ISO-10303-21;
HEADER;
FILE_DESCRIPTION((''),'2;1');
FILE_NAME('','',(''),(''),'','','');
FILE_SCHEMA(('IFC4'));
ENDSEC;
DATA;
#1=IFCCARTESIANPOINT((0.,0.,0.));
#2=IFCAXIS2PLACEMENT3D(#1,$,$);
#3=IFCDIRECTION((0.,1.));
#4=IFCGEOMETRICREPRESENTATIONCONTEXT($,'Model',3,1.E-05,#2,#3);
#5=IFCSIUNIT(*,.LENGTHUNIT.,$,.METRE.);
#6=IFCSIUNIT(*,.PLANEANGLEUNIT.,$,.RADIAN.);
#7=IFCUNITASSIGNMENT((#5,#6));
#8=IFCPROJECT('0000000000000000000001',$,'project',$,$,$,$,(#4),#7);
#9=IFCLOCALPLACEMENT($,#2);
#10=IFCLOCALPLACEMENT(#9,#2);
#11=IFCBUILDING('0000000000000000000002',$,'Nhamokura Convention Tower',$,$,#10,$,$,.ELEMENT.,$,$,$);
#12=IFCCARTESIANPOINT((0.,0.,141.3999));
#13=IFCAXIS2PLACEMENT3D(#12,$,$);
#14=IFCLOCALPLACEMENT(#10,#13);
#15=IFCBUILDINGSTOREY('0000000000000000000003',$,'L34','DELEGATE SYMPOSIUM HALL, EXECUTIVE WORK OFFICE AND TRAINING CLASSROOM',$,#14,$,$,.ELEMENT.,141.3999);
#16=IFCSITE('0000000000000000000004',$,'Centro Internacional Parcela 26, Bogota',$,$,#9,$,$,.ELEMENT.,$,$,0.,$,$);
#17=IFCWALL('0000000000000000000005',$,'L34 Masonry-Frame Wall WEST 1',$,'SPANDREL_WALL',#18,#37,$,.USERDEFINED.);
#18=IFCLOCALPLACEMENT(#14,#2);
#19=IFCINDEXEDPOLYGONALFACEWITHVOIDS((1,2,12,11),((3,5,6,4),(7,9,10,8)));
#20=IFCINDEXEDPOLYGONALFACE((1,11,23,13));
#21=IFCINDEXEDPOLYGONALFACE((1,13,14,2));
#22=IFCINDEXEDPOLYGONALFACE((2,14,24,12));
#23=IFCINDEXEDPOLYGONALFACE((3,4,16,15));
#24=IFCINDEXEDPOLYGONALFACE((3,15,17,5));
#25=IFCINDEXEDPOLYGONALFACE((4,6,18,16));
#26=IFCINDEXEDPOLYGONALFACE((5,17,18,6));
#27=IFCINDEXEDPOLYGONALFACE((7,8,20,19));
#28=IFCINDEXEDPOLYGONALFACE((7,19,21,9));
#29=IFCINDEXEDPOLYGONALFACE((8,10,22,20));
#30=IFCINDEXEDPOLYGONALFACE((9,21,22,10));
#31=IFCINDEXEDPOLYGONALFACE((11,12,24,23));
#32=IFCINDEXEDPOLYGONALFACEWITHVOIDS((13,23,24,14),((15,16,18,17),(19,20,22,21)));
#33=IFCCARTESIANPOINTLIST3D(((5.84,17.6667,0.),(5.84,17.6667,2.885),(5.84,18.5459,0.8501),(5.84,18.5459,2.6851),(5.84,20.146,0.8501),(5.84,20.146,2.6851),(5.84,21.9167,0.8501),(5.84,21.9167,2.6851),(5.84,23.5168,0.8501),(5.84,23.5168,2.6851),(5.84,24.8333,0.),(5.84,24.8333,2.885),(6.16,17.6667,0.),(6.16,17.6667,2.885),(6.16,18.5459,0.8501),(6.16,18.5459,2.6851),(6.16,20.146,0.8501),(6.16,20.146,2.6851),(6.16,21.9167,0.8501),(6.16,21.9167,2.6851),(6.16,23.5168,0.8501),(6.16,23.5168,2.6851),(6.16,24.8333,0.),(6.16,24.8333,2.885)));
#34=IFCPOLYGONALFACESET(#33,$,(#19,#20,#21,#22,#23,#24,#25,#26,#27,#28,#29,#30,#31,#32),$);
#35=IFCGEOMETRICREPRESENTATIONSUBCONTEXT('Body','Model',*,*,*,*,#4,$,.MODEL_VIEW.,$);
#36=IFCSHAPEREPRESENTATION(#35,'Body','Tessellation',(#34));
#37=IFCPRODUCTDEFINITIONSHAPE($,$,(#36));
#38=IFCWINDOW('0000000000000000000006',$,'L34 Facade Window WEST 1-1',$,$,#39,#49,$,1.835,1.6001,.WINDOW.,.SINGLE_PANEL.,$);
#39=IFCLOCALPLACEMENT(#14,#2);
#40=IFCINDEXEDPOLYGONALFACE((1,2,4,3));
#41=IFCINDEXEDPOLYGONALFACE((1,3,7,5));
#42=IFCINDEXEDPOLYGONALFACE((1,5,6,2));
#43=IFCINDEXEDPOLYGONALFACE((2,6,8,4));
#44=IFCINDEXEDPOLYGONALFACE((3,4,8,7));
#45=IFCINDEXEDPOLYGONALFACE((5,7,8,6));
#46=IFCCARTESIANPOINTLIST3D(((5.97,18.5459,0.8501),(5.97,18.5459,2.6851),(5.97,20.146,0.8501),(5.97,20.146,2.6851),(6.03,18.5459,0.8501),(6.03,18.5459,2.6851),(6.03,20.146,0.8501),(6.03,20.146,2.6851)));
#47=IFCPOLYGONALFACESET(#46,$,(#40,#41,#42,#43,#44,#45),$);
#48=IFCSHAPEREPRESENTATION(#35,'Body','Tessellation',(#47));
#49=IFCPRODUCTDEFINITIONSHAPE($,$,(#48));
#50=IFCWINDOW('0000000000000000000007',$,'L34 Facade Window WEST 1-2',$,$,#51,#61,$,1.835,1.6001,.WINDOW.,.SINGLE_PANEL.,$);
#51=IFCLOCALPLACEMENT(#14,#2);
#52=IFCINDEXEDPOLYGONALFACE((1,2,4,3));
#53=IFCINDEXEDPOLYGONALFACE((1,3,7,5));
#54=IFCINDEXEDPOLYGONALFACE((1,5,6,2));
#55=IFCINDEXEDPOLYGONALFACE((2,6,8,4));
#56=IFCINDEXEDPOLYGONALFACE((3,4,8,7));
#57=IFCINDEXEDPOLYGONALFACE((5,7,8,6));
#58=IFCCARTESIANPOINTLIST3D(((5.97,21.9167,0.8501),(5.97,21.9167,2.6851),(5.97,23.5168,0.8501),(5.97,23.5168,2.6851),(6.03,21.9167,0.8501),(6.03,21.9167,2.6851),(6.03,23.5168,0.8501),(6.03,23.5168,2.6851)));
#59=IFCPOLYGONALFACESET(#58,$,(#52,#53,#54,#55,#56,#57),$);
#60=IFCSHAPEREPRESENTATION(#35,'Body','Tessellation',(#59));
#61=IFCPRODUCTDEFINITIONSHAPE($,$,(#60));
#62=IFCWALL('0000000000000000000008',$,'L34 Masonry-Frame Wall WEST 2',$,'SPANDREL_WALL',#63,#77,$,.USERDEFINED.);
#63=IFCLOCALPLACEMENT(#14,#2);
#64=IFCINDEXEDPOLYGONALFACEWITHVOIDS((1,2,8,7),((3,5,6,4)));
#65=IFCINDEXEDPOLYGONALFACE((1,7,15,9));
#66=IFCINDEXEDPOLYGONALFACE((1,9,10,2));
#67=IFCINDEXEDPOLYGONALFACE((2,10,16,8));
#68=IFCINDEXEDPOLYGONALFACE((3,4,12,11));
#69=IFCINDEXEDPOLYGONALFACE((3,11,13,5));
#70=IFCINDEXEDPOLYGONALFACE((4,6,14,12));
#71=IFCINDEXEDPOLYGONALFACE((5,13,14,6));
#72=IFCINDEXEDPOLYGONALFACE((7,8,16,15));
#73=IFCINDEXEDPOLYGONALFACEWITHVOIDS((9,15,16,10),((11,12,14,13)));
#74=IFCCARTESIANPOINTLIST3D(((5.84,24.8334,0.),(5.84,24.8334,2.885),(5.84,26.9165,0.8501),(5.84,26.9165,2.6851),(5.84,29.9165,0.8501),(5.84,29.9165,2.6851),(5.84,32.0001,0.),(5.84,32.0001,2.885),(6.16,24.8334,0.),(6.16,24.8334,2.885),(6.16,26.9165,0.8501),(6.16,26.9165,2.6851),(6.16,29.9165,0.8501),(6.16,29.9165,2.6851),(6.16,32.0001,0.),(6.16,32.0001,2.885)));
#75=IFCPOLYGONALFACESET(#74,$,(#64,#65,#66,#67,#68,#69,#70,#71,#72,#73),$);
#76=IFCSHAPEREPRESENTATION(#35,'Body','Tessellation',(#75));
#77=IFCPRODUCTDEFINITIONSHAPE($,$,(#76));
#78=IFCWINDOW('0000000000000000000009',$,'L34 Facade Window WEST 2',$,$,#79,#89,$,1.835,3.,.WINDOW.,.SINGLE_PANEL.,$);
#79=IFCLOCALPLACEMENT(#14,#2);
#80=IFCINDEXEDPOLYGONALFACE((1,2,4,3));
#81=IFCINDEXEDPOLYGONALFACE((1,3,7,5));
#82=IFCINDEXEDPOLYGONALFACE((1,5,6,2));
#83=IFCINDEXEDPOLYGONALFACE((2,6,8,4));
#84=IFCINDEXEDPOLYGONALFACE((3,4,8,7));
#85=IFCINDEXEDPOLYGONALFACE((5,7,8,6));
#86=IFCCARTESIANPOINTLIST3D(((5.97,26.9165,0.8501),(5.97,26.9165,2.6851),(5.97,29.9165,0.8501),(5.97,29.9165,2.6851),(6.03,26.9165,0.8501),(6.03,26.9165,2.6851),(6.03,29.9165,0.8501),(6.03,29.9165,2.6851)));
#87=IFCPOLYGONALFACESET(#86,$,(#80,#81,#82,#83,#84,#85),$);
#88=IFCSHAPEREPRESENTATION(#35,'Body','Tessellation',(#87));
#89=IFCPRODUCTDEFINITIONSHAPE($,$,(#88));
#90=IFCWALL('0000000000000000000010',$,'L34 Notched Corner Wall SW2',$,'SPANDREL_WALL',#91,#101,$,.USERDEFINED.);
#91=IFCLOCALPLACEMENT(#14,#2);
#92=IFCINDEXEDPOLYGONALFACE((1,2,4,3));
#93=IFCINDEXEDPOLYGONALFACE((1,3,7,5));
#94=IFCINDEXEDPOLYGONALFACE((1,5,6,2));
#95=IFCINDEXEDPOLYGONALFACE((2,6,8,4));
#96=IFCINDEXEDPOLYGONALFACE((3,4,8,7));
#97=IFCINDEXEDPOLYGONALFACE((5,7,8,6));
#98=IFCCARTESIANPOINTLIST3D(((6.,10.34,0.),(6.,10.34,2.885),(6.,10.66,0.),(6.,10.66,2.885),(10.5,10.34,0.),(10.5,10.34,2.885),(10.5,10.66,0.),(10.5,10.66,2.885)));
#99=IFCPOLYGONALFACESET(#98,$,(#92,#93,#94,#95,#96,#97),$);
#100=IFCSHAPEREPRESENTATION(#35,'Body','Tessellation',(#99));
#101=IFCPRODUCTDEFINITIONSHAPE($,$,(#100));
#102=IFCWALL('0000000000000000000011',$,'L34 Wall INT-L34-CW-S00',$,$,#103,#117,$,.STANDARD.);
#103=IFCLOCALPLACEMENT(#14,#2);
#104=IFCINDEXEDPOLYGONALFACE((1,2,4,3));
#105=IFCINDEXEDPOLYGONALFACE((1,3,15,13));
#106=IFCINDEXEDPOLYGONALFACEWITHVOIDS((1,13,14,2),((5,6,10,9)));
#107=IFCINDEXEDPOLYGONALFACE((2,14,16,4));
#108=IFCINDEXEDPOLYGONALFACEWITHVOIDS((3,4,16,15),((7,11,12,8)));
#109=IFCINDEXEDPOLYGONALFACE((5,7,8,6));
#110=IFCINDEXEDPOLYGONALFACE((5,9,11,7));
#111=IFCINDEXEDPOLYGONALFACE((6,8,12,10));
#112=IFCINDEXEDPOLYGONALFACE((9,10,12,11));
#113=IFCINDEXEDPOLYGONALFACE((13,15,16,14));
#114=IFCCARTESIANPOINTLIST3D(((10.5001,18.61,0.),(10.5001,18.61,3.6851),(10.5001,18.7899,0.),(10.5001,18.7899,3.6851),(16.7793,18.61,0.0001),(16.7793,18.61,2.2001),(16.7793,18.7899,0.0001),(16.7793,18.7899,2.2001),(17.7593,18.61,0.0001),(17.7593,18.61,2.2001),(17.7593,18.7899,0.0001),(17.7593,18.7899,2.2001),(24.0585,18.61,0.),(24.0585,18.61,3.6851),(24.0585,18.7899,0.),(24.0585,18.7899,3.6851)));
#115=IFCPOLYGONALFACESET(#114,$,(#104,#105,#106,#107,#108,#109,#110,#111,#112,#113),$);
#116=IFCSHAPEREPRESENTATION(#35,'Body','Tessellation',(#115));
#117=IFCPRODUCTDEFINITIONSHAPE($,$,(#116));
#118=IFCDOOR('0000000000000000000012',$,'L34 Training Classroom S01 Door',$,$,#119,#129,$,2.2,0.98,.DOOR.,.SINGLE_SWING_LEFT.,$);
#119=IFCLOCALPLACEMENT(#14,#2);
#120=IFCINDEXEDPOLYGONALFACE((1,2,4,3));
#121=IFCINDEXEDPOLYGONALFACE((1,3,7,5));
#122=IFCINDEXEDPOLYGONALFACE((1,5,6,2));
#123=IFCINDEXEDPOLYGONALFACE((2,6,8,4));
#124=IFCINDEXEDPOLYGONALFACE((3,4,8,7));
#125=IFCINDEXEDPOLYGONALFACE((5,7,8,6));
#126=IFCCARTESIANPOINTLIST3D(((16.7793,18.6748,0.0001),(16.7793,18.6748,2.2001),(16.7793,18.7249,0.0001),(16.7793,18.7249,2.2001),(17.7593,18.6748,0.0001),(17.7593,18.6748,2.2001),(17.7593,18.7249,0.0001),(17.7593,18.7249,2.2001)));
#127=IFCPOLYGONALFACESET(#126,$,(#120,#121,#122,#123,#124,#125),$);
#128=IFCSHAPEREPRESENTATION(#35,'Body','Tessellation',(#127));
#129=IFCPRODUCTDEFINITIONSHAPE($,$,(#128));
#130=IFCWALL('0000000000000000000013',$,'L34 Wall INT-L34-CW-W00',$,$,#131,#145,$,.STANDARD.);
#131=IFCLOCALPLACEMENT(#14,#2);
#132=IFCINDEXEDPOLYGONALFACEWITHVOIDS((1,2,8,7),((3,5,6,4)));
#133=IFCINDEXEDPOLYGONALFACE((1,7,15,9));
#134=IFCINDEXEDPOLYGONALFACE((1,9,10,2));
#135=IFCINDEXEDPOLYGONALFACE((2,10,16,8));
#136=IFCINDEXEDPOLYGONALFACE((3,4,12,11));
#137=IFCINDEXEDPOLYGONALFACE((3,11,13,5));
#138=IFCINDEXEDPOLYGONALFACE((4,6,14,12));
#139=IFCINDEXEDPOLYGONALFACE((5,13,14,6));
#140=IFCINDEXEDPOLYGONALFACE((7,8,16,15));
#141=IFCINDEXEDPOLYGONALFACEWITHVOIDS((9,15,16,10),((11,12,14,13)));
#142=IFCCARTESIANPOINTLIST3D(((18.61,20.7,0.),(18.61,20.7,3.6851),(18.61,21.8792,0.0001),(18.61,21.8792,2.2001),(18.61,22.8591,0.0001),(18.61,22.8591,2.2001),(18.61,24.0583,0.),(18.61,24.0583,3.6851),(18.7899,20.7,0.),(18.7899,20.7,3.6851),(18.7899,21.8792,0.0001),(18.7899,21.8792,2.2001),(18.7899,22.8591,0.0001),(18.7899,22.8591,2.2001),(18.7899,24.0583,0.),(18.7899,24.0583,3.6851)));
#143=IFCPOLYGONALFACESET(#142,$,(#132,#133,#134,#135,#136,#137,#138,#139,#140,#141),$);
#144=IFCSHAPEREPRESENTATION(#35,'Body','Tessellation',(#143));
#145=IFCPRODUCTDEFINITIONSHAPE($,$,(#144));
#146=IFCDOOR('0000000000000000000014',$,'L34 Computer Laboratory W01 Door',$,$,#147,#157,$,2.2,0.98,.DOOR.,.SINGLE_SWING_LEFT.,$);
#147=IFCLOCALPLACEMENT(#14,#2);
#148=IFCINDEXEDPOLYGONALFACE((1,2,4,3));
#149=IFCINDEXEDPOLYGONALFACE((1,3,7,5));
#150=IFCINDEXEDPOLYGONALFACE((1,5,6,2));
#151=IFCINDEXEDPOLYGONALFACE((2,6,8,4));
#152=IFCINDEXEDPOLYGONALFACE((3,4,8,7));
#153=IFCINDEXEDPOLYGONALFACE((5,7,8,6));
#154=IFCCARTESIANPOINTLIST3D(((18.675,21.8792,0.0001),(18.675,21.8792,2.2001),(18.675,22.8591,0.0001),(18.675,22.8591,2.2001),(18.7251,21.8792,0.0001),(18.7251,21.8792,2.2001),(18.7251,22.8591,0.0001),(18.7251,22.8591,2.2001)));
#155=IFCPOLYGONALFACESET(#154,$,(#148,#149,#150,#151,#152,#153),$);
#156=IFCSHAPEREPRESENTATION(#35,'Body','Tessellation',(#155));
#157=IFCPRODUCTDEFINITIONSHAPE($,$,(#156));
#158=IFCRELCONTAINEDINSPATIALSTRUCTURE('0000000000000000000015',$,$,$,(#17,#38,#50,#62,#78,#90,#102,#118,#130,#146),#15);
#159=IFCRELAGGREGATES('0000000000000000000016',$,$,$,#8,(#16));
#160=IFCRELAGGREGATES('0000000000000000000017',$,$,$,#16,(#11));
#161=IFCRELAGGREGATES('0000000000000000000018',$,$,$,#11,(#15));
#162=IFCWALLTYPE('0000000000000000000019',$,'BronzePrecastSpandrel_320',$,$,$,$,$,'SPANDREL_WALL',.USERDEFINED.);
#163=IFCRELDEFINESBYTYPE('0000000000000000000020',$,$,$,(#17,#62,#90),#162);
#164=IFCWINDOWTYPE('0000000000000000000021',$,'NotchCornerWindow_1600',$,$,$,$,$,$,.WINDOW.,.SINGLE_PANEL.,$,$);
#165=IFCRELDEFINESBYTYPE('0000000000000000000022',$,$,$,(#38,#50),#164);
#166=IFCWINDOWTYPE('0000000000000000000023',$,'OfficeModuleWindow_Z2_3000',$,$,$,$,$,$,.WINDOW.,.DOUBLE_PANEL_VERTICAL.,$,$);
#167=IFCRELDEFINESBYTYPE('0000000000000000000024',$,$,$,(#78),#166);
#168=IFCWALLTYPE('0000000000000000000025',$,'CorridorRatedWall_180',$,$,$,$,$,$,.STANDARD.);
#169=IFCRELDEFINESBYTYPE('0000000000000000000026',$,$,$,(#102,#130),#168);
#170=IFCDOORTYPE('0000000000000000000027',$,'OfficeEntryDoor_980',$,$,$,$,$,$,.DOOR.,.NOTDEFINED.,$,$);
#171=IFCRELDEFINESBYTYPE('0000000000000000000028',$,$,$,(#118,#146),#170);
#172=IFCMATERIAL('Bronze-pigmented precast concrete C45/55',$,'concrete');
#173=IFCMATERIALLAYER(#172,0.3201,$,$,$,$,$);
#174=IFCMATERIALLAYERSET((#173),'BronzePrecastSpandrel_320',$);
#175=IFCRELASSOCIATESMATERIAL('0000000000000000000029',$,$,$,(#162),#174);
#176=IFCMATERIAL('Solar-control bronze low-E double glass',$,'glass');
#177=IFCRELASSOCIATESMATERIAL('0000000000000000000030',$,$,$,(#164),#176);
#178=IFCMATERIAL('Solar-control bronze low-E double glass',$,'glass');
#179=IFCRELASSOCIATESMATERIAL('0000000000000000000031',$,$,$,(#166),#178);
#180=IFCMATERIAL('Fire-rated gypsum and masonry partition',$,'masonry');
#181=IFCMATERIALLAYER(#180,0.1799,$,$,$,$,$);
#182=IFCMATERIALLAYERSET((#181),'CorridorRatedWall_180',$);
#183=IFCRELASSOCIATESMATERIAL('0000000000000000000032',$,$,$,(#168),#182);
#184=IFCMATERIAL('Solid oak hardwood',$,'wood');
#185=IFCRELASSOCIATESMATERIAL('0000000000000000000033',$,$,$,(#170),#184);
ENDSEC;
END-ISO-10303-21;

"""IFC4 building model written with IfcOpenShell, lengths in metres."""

from ifc_helpers import new_model, si_unit, direction, frame, frame_2d, origin, place, context, subcontext, project, spatial, rectangle, extrude, material, layer, layer_set, type_object, element, fill, save


model = new_model("IFC4")

# Units and contexts
model_context = context("Model", 3, precision=1e-05, world=origin(), true_north=direction((0.0, 1.0)))
body_context = subcontext(model_context, "Body", "Model", "MODEL_VIEW")
ifc_project = project(units=[si_unit("LENGTHUNIT", "METRE"), si_unit("PLANEANGLEUNIT", "RADIAN")], contexts=[model_context])

# Site, building, storey
site_placement = place(None, origin())
site = spatial("IfcSite", under=ifc_project, at=site_placement, Name="Centro Internacional Parcela 26, Bogota", CompositionType="ELEMENT", RefElevation=0.0)
building_placement = place(site_placement, origin())
building = spatial("IfcBuilding", under=site, at=building_placement, Name="Nhamokura Convention Tower", CompositionType="ELEMENT")
storey_placement = place(building_placement, frame((0.0, 0.0, 141.3999)))
storey = spatial("IfcBuildingStorey", under=building, at=storey_placement, Name="L34", Description="DELEGATE SYMPOSIUM HALL, EXECUTIVE WORK OFFICE AND TRAINING CLASSROOM", CompositionType="ELEMENT", Elevation=141.3999)

# Wall, openings, windows
ifc_material_1 = material(Name="Bronze-pigmented precast concrete C45/55", Category="concrete")
ifc_layer_1 = layer(ifc_material_1, 0.3201)
ifc_layer_set_1 = layer_set([ifc_layer_1], Name="BronzePrecastSpandrel_320")
wall_type_1 = type_object("IfcWallType", Name="BronzePrecastSpandrel_320", ElementType="SPANDREL_WALL", PredefinedType="USERDEFINED", material=ifc_layer_set_1)
wall_1_placement = place(storey_placement, frame((6.0, 17.6667, 0.0), z_axis=(0.0, 0.0, 1.0), x_axis=(0.0, 1.0, 0.0)))
wall_1 = element("IfcWall", 1, at=wall_1_placement, inside=storey, type_object=wall_type_1, Name="L34 Masonry-Frame Wall WEST 1", ObjectType="SPANDREL_WALL", PredefinedType="USERDEFINED", context=body_context, shape_type="SweptSolid", body=[
    extrude(rectangle(XDim=7.1665, YDim=0.3201, at=frame_2d((3.5833, 0.0))), origin(), (0.0, 0.0, 1.0), 2.885),
])
opening_1_placement = place(wall_1_placement, frame((0.8792, 0.0, 0.8501)))
opening_1 = element("IfcOpeningElement", 2, at=opening_1_placement, cuts=wall_1, PredefinedType="OPENING", context=body_context, shape_type="SweptSolid", body=[
    extrude(rectangle(XDim=1.6001, YDim=1.835, at=frame_2d((0.8, 0.9175))), frame((0.0, 0.1699, 0.0), z_axis=(0.0, -1.0, 0.0), x_axis=(1.0, 0.0, 0.0)), (0.0, 0.0, 1.0), 0.3401),
])
opening_2_placement = place(wall_1_placement, frame((4.25, 0.0, 0.8501)))
opening_2 = element("IfcOpeningElement", 3, at=opening_2_placement, cuts=wall_1, PredefinedType="OPENING", context=body_context, shape_type="SweptSolid", body=[
    extrude(rectangle(XDim=1.6001, YDim=1.835, at=frame_2d((0.8, 0.9175))), frame((0.0, 0.1699, 0.0), z_axis=(0.0, -1.0, 0.0), x_axis=(1.0, 0.0, 0.0)), (0.0, 0.0, 1.0), 0.3401),
])
ifc_material_2 = material(Name="Solar-control bronze low-E double glass", Category="glass")
window_type_1 = type_object("IfcWindowType", Name="NotchCornerWindow_1600", PartitioningType="SINGLE_PANEL", PredefinedType="WINDOW", material=ifc_material_2)
window_1_placement = place(opening_1_placement, origin())
window_1 = element("IfcWindow", 4, at=window_1_placement, inside=storey, type_object=window_type_1, Name="L34 Facade Window WEST 1-1", OverallHeight=1.835, OverallWidth=1.6001, PartitioningType="SINGLE_PANEL", PredefinedType="WINDOW", context=body_context, shape_type="SweptSolid", body=[
    extrude(rectangle(XDim=1.6001, YDim=1.835, at=frame_2d((0.8, 0.9175))), frame((0.0, 0.03, 0.0), z_axis=(0.0, -1.0, 0.0), x_axis=(1.0, 0.0, 0.0)), (0.0, 0.0, 1.0), 0.0601),
])
fill(opening_1, window_1)
window_2_placement = place(opening_2_placement, origin())
window_2 = element("IfcWindow", 5, at=window_2_placement, inside=storey, type_object=window_type_1, Name="L34 Facade Window WEST 1-2", OverallHeight=1.835, OverallWidth=1.6001, PartitioningType="SINGLE_PANEL", PredefinedType="WINDOW", context=body_context, shape_type="SweptSolid", body=[
    extrude(rectangle(XDim=1.6001, YDim=1.835, at=frame_2d((0.8, 0.9175))), frame((0.0, 0.03, 0.0), z_axis=(0.0, -1.0, 0.0), x_axis=(1.0, 0.0, 0.0)), (0.0, 0.0, 1.0), 0.0601),
])
fill(opening_2, window_2)

# Wall, opening, window
wall_2_placement = place(storey_placement, frame((6.0, 24.8333, 0.0), z_axis=(0.0, 0.0, 1.0), x_axis=(0.0, 1.0, 0.0)))
wall_2 = element("IfcWall", 6, at=wall_2_placement, inside=storey, type_object=wall_type_1, Name="L34 Masonry-Frame Wall WEST 2", ObjectType="SPANDREL_WALL", PredefinedType="USERDEFINED", context=body_context, shape_type="SweptSolid", body=[
    extrude(rectangle(XDim=7.1667, YDim=0.3201, at=frame_2d((3.5835, 0.0))), origin(), (0.0, 0.0, 1.0), 2.885),
])
opening_3_placement = place(wall_2_placement, frame((2.0833, 0.0, 0.8501)))
opening_3 = element("IfcOpeningElement", 7, at=opening_3_placement, cuts=wall_2, PredefinedType="OPENING", context=body_context, shape_type="SweptSolid", body=[
    extrude(rectangle(XDim=3.0, YDim=1.835, at=frame_2d((1.5, 0.9175))), frame((0.0, 0.1699, 0.0), z_axis=(0.0, -1.0, 0.0), x_axis=(1.0, 0.0, 0.0)), (0.0, 0.0, 1.0), 0.3401),
])
ifc_material_3 = material(Name="Solar-control bronze low-E double glass", Category="glass")
window_type_2 = type_object("IfcWindowType", Name="OfficeModuleWindow_Z2_3000", PartitioningType="DOUBLE_PANEL_VERTICAL", PredefinedType="WINDOW", material=ifc_material_3)
window_3_placement = place(opening_3_placement, origin())
window_3 = element("IfcWindow", 8, at=window_3_placement, inside=storey, type_object=window_type_2, Name="L34 Facade Window WEST 2", OverallHeight=1.835, OverallWidth=3.0, PartitioningType="SINGLE_PANEL", PredefinedType="WINDOW", context=body_context, shape_type="SweptSolid", body=[
    extrude(rectangle(XDim=3.0, YDim=1.835, at=frame_2d((1.5, 0.9175))), frame((0.0, 0.03, 0.0), z_axis=(0.0, -1.0, 0.0), x_axis=(1.0, 0.0, 0.0)), (0.0, 0.0, 1.0), 0.0601),
])
fill(opening_3, window_3)

# Wall
wall_3_placement = place(storey_placement, frame((10.5, 10.5, 0.0), z_axis=(0.0, 0.0, 1.0), x_axis=(-1.0, 0.0, 0.0)))
element("IfcWall", 9, at=wall_3_placement, inside=storey, type_object=wall_type_1, Name="L34 Notched Corner Wall SW2", ObjectType="SPANDREL_WALL", PredefinedType="USERDEFINED", context=body_context, shape_type="SweptSolid", body=[
    extrude(rectangle(XDim=4.5, YDim=0.3201, at=frame_2d((2.25, 0.0))), origin(), (0.0, 0.0, 1.0), 2.885),
])

# Walls, openings, doors
ifc_material_4 = material(Name="Fire-rated gypsum and masonry partition", Category="masonry")
ifc_layer_2 = layer(ifc_material_4, 0.1799)
ifc_layer_set_2 = layer_set([ifc_layer_2], Name="CorridorRatedWall_180")
wall_type_2 = type_object("IfcWallType", Name="CorridorRatedWall_180", PredefinedType="STANDARD", material=ifc_layer_set_2)
wall_4_placement = place(storey_placement, frame((10.5, 18.7, 0.0), z_axis=(0.0, 0.0, 1.0), x_axis=(1.0, 0.0, 0.0)))
wall_4 = element("IfcWall", 10, at=wall_4_placement, inside=storey, type_object=wall_type_2, Name="L34 Wall INT-L34-CW-S00", PredefinedType="STANDARD", context=body_context, shape_type="SweptSolid", body=[
    extrude(rectangle(XDim=13.5583, YDim=0.1799, at=frame_2d((6.7793, 0.0))), origin(), (0.0, 0.0, 1.0), 3.6851),
])
opening_4_placement = place(wall_4_placement, frame((6.2793, 0.0, 0.0)))
opening_4 = element("IfcOpeningElement", 11, at=opening_4_placement, cuts=wall_4, PredefinedType="OPENING", context=body_context, shape_type="SweptSolid", body=[
    extrude(rectangle(XDim=0.98, YDim=2.2, at=frame_2d((0.49, 1.1001))), frame((0.0, 0.0999, 0.0), z_axis=(0.0, -1.0, 0.0), x_axis=(1.0, 0.0, 0.0)), (0.0, 0.0, 1.0), 0.2),
])
ifc_material_5 = material(Name="Solid oak hardwood", Category="wood")
door_type = type_object("IfcDoorType", Name="OfficeEntryDoor_980", OperationType="NOTDEFINED", PredefinedType="DOOR", material=ifc_material_5)
door_1_placement = place(opening_4_placement, origin())
door_1 = element("IfcDoor", 12, at=door_1_placement, inside=storey, type_object=door_type, Name="L34 Training Classroom S01 Door", OperationType="SINGLE_SWING_LEFT", OverallHeight=2.2, OverallWidth=0.98, PredefinedType="DOOR", context=body_context, shape_type="SweptSolid", body=[
    extrude(rectangle(XDim=0.98, YDim=2.2, at=frame_2d((0.49, 1.1001))), frame((0.0, 0.0249, 0.0), z_axis=(0.0, -1.0, 0.0), x_axis=(1.0, 0.0, 0.0)), (0.0, 0.0, 1.0), 0.05),
])
fill(opening_4, door_1)
wall_5_placement = place(storey_placement, frame((18.7, 20.7, 0.0), z_axis=(0.0, 0.0, 1.0), x_axis=(0.0, 1.0, 0.0)))
wall_5 = element("IfcWall", 13, at=wall_5_placement, inside=storey, type_object=wall_type_2, Name="L34 Wall INT-L34-CW-W00", PredefinedType="STANDARD", context=body_context, shape_type="SweptSolid", body=[
    extrude(rectangle(XDim=3.3584, YDim=0.1799, at=frame_2d((1.6792, 0.0))), origin(), (0.0, 0.0, 1.0), 3.6851),
])
opening_5_placement = place(wall_5_placement, frame((1.1792, 0.0, 0.0)))
opening_5 = element("IfcOpeningElement", 14, at=opening_5_placement, cuts=wall_5, PredefinedType="OPENING", context=body_context, shape_type="SweptSolid", body=[
    extrude(rectangle(XDim=0.98, YDim=2.2, at=frame_2d((0.49, 1.1001))), frame((0.0, 0.0999, 0.0), z_axis=(0.0, -1.0, 0.0), x_axis=(1.0, 0.0, 0.0)), (0.0, 0.0, 1.0), 0.2),
])
door_2_placement = place(opening_5_placement, origin())
door_2 = element("IfcDoor", 15, at=door_2_placement, inside=storey, type_object=door_type, Name="L34 Computer Laboratory W01 Door", OperationType="SINGLE_SWING_LEFT", OverallHeight=2.2, OverallWidth=0.98, PredefinedType="DOOR", context=body_context, shape_type="SweptSolid", body=[
    extrude(rectangle(XDim=0.98, YDim=2.2, at=frame_2d((0.49, 1.1001))), frame((0.0, 0.0249, 0.0), z_axis=(0.0, -1.0, 0.0), x_axis=(1.0, 0.0, 0.0)), (0.0, 0.0, 1.0), 0.05),
])
fill(opening_5, door_2)

save(model, "model.ifc")
